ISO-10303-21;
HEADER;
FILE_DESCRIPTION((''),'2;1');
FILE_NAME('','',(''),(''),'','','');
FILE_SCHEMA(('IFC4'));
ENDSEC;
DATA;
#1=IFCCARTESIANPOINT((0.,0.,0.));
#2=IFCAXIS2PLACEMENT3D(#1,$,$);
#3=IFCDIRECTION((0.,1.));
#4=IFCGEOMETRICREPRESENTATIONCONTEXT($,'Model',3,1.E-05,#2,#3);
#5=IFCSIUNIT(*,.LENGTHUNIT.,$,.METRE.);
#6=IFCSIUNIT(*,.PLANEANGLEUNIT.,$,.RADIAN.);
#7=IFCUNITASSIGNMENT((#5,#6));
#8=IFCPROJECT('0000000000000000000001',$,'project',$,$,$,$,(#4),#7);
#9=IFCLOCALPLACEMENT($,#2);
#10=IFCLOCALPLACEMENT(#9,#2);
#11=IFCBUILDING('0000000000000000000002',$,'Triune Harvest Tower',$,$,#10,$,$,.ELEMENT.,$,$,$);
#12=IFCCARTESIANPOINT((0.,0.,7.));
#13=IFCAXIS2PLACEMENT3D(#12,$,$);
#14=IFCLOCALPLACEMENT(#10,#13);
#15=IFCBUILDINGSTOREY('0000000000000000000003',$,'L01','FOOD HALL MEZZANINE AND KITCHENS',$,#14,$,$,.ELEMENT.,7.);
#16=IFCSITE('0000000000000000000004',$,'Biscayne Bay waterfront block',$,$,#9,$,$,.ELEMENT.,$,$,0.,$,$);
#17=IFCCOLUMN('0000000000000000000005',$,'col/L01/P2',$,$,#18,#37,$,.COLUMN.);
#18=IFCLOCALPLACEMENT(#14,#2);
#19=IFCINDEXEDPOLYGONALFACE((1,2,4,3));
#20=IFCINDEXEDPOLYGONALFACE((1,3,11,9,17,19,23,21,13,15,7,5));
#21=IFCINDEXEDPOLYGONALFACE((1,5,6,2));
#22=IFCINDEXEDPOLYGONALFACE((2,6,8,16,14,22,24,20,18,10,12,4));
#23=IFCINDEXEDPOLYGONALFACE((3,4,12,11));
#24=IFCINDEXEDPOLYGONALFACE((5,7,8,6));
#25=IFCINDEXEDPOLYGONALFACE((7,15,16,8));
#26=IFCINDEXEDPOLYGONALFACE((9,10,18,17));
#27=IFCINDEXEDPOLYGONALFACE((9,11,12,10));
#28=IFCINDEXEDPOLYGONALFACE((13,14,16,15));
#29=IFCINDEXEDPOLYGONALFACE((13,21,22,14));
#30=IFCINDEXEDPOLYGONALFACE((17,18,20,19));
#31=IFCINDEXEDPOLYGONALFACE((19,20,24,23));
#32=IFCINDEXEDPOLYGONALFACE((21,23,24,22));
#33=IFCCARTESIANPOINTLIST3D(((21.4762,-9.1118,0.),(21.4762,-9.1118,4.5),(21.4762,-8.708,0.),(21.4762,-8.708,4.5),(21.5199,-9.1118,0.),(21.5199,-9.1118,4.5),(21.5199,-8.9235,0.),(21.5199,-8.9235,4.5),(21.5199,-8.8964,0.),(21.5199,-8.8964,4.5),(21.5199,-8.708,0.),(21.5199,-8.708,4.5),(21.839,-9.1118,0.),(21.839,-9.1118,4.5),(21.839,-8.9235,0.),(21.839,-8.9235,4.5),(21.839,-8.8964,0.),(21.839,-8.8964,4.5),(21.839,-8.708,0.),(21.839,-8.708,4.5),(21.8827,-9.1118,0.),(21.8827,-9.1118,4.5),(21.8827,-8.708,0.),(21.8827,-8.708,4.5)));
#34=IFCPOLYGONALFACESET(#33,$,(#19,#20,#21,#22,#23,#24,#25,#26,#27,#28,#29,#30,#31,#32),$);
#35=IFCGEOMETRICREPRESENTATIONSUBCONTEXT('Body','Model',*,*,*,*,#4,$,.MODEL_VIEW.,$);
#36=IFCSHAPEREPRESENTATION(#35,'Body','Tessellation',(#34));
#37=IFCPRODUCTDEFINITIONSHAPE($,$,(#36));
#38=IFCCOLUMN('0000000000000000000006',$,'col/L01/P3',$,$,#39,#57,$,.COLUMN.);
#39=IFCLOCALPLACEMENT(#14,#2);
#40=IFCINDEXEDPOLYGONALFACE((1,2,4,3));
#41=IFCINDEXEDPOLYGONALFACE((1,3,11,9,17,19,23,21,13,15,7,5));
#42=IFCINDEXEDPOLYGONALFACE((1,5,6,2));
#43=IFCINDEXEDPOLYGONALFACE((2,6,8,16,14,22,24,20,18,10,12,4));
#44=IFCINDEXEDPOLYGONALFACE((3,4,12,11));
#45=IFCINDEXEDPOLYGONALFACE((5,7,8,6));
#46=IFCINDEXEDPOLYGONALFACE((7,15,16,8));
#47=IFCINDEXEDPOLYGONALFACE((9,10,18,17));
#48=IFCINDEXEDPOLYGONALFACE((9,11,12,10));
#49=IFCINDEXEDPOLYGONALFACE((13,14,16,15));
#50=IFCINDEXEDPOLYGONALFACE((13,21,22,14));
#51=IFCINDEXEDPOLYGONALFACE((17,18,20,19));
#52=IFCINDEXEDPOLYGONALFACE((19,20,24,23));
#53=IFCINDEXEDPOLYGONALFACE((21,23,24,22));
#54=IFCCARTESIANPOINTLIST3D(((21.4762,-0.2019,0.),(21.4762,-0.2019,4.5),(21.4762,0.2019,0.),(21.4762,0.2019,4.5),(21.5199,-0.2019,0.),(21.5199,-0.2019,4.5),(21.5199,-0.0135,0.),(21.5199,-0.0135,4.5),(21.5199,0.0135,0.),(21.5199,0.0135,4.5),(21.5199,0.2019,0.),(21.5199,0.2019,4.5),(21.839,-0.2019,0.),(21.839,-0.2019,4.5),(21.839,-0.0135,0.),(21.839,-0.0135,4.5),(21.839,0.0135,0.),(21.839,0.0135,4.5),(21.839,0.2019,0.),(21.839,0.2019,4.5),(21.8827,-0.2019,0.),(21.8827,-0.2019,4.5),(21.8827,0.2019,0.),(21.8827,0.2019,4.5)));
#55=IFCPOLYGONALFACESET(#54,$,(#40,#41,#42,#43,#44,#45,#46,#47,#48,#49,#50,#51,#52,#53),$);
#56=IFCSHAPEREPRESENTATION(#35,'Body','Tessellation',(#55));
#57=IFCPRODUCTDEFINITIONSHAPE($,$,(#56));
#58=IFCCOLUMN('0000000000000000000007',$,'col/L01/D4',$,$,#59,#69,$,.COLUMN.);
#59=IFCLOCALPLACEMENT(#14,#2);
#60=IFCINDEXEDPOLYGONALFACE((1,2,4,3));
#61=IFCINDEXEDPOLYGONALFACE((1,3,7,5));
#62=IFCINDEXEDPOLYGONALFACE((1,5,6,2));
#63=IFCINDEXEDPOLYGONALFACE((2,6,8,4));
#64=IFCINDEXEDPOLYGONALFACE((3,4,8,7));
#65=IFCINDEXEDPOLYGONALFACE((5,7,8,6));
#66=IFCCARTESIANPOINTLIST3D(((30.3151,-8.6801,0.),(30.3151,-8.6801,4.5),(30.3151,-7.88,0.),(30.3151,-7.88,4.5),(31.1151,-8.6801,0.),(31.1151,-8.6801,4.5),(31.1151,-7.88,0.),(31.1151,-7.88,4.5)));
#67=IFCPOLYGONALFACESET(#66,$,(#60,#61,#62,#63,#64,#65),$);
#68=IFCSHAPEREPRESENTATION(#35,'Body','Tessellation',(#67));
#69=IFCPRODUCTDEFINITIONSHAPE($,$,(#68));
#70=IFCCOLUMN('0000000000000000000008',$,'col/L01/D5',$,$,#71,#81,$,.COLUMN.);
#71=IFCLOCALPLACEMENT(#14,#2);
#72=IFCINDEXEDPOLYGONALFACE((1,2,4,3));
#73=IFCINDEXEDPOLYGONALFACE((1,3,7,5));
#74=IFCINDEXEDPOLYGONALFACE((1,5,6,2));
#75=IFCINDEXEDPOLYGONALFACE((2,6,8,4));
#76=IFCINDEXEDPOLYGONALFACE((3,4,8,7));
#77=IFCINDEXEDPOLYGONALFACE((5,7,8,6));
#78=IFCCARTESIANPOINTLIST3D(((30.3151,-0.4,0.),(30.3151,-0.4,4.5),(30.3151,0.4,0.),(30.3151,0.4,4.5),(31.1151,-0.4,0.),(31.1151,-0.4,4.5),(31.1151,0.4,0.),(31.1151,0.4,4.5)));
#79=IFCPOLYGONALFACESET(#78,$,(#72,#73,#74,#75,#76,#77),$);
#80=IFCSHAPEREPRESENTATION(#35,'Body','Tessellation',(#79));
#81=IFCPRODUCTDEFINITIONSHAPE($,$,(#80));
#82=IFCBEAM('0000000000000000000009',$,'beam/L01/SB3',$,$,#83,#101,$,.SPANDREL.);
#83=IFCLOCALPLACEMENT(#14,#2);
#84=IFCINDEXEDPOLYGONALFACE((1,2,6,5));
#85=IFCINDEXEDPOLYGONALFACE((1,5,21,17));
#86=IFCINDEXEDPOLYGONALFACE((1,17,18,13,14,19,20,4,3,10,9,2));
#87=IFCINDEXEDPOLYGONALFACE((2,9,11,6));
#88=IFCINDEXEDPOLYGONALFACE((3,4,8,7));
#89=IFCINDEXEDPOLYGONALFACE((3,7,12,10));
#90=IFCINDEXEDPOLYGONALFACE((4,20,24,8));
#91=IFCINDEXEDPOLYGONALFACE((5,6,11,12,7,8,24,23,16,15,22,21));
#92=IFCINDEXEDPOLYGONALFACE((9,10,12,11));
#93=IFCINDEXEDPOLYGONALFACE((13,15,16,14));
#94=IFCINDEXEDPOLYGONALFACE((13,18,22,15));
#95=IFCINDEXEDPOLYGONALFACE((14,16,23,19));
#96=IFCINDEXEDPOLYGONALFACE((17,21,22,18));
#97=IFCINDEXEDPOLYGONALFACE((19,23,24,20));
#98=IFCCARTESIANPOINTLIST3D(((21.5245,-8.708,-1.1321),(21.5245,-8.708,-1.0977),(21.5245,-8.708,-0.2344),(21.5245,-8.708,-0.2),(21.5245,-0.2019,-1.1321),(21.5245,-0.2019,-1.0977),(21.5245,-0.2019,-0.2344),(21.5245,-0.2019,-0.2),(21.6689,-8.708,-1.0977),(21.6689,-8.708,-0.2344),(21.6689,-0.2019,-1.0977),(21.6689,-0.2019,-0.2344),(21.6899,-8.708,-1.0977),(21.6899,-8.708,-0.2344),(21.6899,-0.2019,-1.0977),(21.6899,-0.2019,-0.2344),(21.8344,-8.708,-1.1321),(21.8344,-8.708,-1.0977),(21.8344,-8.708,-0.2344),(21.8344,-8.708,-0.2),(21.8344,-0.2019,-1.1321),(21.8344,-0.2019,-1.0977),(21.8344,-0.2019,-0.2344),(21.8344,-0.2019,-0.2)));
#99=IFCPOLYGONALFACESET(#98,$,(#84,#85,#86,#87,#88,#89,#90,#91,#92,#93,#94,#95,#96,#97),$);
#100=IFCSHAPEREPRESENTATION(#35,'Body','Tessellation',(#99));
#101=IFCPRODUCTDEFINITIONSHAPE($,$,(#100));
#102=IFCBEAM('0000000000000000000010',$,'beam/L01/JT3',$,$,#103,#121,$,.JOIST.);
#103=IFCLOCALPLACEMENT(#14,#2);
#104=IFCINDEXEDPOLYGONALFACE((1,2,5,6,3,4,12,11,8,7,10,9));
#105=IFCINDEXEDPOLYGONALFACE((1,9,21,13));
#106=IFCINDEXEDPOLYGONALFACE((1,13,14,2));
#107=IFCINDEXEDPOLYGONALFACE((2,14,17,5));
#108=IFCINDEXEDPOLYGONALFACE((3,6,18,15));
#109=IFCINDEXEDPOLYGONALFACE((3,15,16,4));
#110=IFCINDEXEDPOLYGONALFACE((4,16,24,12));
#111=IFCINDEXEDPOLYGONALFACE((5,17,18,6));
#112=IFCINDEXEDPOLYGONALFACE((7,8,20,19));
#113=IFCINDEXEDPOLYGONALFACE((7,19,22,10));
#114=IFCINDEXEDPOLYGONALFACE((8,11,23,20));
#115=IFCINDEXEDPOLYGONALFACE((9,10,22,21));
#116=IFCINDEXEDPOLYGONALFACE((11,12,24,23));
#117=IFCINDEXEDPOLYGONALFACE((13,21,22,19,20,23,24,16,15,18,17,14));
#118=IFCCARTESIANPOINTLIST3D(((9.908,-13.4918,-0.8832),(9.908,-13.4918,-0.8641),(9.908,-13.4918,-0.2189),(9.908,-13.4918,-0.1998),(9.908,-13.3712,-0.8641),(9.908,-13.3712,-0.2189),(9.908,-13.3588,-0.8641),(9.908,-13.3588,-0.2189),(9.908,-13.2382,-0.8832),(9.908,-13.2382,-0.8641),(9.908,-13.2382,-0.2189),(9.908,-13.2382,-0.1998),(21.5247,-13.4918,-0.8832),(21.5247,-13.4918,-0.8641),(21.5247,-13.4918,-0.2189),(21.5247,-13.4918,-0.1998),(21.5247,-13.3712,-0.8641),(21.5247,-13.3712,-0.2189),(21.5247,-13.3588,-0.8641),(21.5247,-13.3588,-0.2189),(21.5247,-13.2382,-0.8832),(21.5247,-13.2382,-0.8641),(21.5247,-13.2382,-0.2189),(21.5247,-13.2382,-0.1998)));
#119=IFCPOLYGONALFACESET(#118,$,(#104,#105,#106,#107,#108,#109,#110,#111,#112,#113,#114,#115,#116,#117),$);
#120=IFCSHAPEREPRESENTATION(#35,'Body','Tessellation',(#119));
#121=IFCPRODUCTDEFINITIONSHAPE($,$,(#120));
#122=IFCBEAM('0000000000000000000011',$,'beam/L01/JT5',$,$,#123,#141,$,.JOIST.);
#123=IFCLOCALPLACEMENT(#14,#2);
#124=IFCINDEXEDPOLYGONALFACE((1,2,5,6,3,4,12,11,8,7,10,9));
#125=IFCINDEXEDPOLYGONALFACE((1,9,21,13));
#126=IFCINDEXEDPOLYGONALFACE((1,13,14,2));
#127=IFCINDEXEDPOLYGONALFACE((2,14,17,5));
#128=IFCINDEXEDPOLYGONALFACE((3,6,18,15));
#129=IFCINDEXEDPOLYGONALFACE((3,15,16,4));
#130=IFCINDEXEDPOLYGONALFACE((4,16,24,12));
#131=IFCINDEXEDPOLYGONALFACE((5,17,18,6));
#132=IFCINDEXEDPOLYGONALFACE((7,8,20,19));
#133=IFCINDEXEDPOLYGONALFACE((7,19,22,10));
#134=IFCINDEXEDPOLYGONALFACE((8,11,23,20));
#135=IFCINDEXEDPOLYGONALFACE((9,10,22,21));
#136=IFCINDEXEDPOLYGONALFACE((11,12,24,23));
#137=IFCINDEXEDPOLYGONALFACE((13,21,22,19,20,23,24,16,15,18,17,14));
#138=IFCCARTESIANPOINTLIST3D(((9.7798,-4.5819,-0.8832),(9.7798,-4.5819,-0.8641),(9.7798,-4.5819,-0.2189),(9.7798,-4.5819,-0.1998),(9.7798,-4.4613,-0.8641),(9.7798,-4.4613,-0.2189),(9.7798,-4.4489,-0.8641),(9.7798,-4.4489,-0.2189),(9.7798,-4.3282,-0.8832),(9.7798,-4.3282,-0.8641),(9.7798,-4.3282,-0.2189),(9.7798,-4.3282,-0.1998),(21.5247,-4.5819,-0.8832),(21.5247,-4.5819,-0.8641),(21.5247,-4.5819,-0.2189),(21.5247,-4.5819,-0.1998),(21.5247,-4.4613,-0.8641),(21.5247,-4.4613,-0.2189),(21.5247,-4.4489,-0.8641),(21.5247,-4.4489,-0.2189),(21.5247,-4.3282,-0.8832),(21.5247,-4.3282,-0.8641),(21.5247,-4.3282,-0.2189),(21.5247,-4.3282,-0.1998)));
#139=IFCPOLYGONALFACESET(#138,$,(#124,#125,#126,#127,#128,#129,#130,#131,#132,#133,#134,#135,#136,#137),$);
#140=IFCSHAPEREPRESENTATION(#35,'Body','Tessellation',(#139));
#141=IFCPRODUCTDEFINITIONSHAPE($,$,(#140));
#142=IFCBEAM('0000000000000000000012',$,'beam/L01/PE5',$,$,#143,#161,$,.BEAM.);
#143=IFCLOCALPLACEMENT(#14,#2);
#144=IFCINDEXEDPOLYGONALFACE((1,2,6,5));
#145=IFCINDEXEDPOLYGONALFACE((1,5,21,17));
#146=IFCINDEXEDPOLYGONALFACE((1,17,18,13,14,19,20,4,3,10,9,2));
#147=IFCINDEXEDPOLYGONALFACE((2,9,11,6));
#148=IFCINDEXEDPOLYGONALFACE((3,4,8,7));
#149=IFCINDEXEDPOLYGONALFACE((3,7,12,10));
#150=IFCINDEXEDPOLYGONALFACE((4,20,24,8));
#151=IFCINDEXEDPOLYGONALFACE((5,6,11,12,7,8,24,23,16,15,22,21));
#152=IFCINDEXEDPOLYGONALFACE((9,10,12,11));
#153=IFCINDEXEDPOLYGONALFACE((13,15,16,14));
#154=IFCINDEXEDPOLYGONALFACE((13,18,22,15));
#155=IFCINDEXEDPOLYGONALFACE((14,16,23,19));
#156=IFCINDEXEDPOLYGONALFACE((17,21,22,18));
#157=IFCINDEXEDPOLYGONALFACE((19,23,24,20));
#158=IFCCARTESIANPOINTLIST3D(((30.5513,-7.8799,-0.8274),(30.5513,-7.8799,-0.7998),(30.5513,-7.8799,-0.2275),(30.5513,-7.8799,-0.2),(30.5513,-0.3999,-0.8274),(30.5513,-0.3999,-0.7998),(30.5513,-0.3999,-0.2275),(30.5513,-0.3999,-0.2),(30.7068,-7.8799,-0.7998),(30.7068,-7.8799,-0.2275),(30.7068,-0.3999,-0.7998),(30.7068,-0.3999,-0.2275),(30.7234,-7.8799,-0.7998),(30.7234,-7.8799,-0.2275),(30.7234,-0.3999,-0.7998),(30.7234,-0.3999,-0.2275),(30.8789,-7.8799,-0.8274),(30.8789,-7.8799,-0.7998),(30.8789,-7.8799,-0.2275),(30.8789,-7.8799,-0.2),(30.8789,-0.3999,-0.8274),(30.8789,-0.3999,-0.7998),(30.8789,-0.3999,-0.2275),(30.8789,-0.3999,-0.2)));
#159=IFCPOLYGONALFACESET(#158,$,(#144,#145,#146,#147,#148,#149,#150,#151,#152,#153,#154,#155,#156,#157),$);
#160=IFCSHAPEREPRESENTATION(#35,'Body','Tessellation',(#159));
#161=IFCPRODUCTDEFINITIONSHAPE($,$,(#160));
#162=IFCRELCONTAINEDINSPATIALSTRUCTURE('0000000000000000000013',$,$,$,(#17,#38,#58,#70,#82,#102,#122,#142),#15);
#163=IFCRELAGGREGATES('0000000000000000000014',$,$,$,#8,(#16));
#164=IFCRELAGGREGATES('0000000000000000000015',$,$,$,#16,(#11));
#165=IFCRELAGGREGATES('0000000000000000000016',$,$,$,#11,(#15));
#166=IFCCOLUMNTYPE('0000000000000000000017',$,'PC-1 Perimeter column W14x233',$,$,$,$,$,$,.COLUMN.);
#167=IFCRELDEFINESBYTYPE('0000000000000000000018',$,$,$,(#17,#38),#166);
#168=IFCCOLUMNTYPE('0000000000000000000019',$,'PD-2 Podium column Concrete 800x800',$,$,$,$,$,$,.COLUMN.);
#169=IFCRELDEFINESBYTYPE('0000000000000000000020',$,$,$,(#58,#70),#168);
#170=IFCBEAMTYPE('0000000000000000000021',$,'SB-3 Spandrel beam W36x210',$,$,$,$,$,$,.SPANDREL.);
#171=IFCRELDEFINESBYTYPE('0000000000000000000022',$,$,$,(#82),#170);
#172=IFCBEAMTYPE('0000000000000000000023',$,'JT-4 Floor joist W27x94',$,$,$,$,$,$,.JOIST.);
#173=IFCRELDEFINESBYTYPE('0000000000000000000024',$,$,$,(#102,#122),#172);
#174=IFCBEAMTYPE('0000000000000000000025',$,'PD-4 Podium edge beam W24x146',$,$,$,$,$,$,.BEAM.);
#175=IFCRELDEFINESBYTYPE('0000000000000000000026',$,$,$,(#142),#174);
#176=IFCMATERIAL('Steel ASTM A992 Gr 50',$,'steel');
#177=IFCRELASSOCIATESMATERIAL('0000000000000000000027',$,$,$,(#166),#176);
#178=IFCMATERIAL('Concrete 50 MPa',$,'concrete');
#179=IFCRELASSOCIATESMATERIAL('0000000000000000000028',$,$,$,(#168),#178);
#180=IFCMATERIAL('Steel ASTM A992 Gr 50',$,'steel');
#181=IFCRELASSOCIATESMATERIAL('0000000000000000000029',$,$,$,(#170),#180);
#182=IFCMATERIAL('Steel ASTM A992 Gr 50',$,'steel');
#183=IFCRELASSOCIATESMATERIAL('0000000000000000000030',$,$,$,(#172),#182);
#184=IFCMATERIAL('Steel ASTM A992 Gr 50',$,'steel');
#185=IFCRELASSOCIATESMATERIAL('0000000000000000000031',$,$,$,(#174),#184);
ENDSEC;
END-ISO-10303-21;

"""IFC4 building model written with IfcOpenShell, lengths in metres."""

from ifc_helpers import new_model, si_unit, direction, frame, origin, origin_2d, place, context, subcontext, project, spatial, rectangle, i_section, extrude, source, transform, mapped, material, material_profile, profile_set, type_object, element, save


model = new_model("IFC4")

# Units and contexts
model_context = context("Model", 3, precision=1e-05, world=origin(), true_north=direction((0.0, 1.0)))
body_context = subcontext(model_context, "Body", "Model", "MODEL_VIEW")
ifc_project = project(units=[si_unit("LENGTHUNIT", "METRE"), si_unit("PLANEANGLEUNIT", "RADIAN")], contexts=[model_context])

# Site, building, storey
site_placement = place(None, origin())
site = spatial("IfcSite", under=ifc_project, at=site_placement, Name="Biscayne Bay waterfront block", CompositionType="ELEMENT", RefElevation=0.0)
building_placement = place(site_placement, origin())
building = spatial("IfcBuilding", under=site, at=building_placement, Name="Triune Harvest Tower", CompositionType="ELEMENT")
storey_placement = place(building_placement, frame((0.0, 0.0, 7.0)))
storey = spatial("IfcBuildingStorey", under=building, at=storey_placement, Name="L01", Description="FOOD HALL MEZZANINE AND KITCHENS", CompositionType="ELEMENT", Elevation=7.0)

# Columns
ifc_material_1 = material(Name="Steel ASTM A992 Gr 50", Category="steel")
ifc_material_profile_1 = material_profile(ifc_material_1, i_section(OverallWidth=0.4038, OverallDepth=0.4065, WebThickness=0.0271, FlangeThickness=0.0437, at=origin_2d()), Name="W14x233")
ifc_profile_set_1 = profile_set([ifc_material_profile_1], Name="Steel ASTM A992 Gr 50")
column_type_1 = type_object("IfcColumnType", Name="PC-1 Perimeter column W14x233", PredefinedType="COLUMN", material=ifc_profile_set_1)
shared_shape_1 = source(origin(), body_context, "Body", "SweptSolid", [
    extrude(i_section(OverallWidth=0.4038, OverallDepth=0.4065, WebThickness=0.0271, FlangeThickness=0.0437, at=origin_2d()), origin(), (0.0, 0.0, 1.0), 4.5),
])
for number, where, z_axis, x_axis, name in (
    (1, (21.6794, -8.9099, 0.0), (0.0, 0.0, 1.0), (0.0, 1.0, 0.0), "col/L01/P2"),
    (2, (21.6794, 0.0, 0.0), (0.0, 0.0, 1.0), (0.0, 1.0, 0.0), "col/L01/P3"),
):
    element("IfcColumn", number, at=place(storey_placement, frame(where, z_axis=z_axis, x_axis=x_axis)), inside=storey, type_object=column_type_1, Name=name, PredefinedType="COLUMN", context=body_context, shape_type="MappedRepresentation", body=[
        mapped(shared_shape_1, transform((0.0, 0.0, 0.0), scale=1.0)),
    ])
ifc_material_2 = material(Name="Concrete 50 MPa", Category="concrete")
ifc_material_profile_2 = material_profile(ifc_material_2, rectangle(XDim=0.8, YDim=0.8, at=origin_2d()), Name="Concrete 800x800")
ifc_profile_set_2 = profile_set([ifc_material_profile_2], Name="Concrete 50 MPa")
column_type_2 = type_object("IfcColumnType", Name="PD-2 Podium column Concrete 800x800", PredefinedType="COLUMN", material=ifc_profile_set_2)
shared_shape_2 = source(origin(), body_context, "Body", "SweptSolid", [
    extrude(rectangle(XDim=0.8, YDim=0.8, at=origin_2d()), origin(), (0.0, 0.0, 1.0), 4.5),
])
for number, where, z_axis, x_axis, name in (
    (3, (30.7151, -8.28, 0.0), (0.0, 0.0, 1.0), (0.0, 1.0, 0.0), "col/L01/D4"),
    (4, (30.7151, 0.0, 0.0), (0.0, 0.0, 1.0), (0.0, 1.0, 0.0), "col/L01/D5"),
):
    element("IfcColumn", number, at=place(storey_placement, frame(where, z_axis=z_axis, x_axis=x_axis)), inside=storey, type_object=column_type_2, Name=name, PredefinedType="COLUMN", context=body_context, shape_type="MappedRepresentation", body=[
        mapped(shared_shape_2, transform((0.0, 0.0, 0.0), scale=1.0)),
    ])

# Beams
ifc_material_3 = material(Name="Steel ASTM A992 Gr 50", Category="steel")
ifc_material_profile_3 = material_profile(ifc_material_3, i_section(OverallWidth=0.3098, OverallDepth=0.9321, WebThickness=0.021, FlangeThickness=0.0344, at=origin_2d()), Name="W36x210")
ifc_profile_set_3 = profile_set([ifc_material_profile_3], Name="Steel ASTM A992 Gr 50")
beam_type_1 = type_object("IfcBeamType", Name="SB-3 Spandrel beam W36x210", PredefinedType="SPANDREL", material=ifc_profile_set_3)
shared_shape_3 = source(origin(), body_context, "Body", "SweptSolid", [
    extrude(i_section(OverallWidth=0.3098, OverallDepth=0.9321, WebThickness=0.021, FlangeThickness=0.0344, at=origin_2d()), origin(), (0.0, 0.0, 1.0), 8.5061),
])
beam_1_placement = place(storey_placement, frame((21.6794, -8.708, -0.666), z_axis=(0.0, 1.0, 0.0), x_axis=(-1.0, 0.0, 0.0)))
element("IfcBeam", 5, at=beam_1_placement, inside=storey, type_object=beam_type_1, Name="beam/L01/SB3", PredefinedType="SPANDREL", context=body_context, shape_type="MappedRepresentation", body=[
    mapped(shared_shape_3, transform((0.0, 0.0, 0.0), scale=1.0)),
])
ifc_material_4 = material(Name="Steel ASTM A992 Gr 50", Category="steel")
ifc_material_profile_4 = material_profile(ifc_material_4, i_section(OverallWidth=0.2537, OverallDepth=0.6833, WebThickness=0.0125, FlangeThickness=0.019, at=origin_2d()), Name="W27x94")
ifc_profile_set_4 = profile_set([ifc_material_profile_4], Name="Steel ASTM A992 Gr 50")
beam_type_2 = type_object("IfcBeamType", Name="JT-4 Floor joist W27x94", PredefinedType="JOIST", material=ifc_profile_set_4)
shared_shape_4 = source(origin(), body_context, "Body", "SweptSolid", [
    extrude(i_section(OverallWidth=0.2537, OverallDepth=0.6833, WebThickness=0.0125, FlangeThickness=0.019, at=origin_2d()), origin(), (0.0, 0.0, 1.0), 11.6167),
])
beam_2_placement = place(storey_placement, frame((21.5247, -13.365, -0.5415), z_axis=(-1.0, 0.0, 0.0), x_axis=(0.0, -1.0, 0.0)))
element("IfcBeam", 6, at=beam_2_placement, inside=storey, type_object=beam_type_2, Name="beam/L01/JT3", PredefinedType="JOIST", context=body_context, shape_type="MappedRepresentation", body=[
    mapped(shared_shape_4, transform((0.0, 0.0, 0.0), scale=1.0)),
])
shared_shape_5 = source(origin(), body_context, "Body", "SweptSolid", [
    extrude(i_section(OverallWidth=0.2537, OverallDepth=0.6833, WebThickness=0.0125, FlangeThickness=0.019, at=origin_2d()), origin(), (0.0, 0.0, 1.0), 11.7449),
])
beam_3_placement = place(storey_placement, frame((21.5247, -4.4551, -0.5415), z_axis=(-1.0, 0.0, 0.0), x_axis=(0.0, -1.0, 0.0)))
element("IfcBeam", 7, at=beam_3_placement, inside=storey, type_object=beam_type_2, Name="beam/L01/JT5", PredefinedType="JOIST", context=body_context, shape_type="MappedRepresentation", body=[
    mapped(shared_shape_5, transform((0.0, 0.0, 0.0), scale=1.0)),
])
ifc_material_5 = material(Name="Steel ASTM A992 Gr 50", Category="steel")
ifc_material_profile_5 = material_profile(ifc_material_5, i_section(OverallWidth=0.3276, OverallDepth=0.6274, WebThickness=0.0166, FlangeThickness=0.0276, at=origin_2d()), Name="W24x146")
ifc_profile_set_5 = profile_set([ifc_material_profile_5], Name="Steel ASTM A992 Gr 50")
beam_type_3 = type_object("IfcBeamType", Name="PD-4 Podium edge beam W24x146", PredefinedType="BEAM", material=ifc_profile_set_5)
shared_shape_6 = source(origin(), body_context, "Body", "SweptSolid", [
    extrude(i_section(OverallWidth=0.3276, OverallDepth=0.6274, WebThickness=0.0166, FlangeThickness=0.0276, at=origin_2d()), origin(), (0.0, 0.0, 1.0), 7.48),
])
beam_4_placement = place(storey_placement, frame((30.7151, -7.8799, -0.5137), z_axis=(0.0, 1.0, 0.0), x_axis=(-1.0, 0.0, 0.0)))
element("IfcBeam", 8, at=beam_4_placement, inside=storey, type_object=beam_type_3, Name="beam/L01/PE5", PredefinedType="BEAM", context=body_context, shape_type="MappedRepresentation", body=[
    mapped(shared_shape_6, transform((0.0, 0.0, 0.0), scale=1.0)),
])

save(model, "model.ifc")
